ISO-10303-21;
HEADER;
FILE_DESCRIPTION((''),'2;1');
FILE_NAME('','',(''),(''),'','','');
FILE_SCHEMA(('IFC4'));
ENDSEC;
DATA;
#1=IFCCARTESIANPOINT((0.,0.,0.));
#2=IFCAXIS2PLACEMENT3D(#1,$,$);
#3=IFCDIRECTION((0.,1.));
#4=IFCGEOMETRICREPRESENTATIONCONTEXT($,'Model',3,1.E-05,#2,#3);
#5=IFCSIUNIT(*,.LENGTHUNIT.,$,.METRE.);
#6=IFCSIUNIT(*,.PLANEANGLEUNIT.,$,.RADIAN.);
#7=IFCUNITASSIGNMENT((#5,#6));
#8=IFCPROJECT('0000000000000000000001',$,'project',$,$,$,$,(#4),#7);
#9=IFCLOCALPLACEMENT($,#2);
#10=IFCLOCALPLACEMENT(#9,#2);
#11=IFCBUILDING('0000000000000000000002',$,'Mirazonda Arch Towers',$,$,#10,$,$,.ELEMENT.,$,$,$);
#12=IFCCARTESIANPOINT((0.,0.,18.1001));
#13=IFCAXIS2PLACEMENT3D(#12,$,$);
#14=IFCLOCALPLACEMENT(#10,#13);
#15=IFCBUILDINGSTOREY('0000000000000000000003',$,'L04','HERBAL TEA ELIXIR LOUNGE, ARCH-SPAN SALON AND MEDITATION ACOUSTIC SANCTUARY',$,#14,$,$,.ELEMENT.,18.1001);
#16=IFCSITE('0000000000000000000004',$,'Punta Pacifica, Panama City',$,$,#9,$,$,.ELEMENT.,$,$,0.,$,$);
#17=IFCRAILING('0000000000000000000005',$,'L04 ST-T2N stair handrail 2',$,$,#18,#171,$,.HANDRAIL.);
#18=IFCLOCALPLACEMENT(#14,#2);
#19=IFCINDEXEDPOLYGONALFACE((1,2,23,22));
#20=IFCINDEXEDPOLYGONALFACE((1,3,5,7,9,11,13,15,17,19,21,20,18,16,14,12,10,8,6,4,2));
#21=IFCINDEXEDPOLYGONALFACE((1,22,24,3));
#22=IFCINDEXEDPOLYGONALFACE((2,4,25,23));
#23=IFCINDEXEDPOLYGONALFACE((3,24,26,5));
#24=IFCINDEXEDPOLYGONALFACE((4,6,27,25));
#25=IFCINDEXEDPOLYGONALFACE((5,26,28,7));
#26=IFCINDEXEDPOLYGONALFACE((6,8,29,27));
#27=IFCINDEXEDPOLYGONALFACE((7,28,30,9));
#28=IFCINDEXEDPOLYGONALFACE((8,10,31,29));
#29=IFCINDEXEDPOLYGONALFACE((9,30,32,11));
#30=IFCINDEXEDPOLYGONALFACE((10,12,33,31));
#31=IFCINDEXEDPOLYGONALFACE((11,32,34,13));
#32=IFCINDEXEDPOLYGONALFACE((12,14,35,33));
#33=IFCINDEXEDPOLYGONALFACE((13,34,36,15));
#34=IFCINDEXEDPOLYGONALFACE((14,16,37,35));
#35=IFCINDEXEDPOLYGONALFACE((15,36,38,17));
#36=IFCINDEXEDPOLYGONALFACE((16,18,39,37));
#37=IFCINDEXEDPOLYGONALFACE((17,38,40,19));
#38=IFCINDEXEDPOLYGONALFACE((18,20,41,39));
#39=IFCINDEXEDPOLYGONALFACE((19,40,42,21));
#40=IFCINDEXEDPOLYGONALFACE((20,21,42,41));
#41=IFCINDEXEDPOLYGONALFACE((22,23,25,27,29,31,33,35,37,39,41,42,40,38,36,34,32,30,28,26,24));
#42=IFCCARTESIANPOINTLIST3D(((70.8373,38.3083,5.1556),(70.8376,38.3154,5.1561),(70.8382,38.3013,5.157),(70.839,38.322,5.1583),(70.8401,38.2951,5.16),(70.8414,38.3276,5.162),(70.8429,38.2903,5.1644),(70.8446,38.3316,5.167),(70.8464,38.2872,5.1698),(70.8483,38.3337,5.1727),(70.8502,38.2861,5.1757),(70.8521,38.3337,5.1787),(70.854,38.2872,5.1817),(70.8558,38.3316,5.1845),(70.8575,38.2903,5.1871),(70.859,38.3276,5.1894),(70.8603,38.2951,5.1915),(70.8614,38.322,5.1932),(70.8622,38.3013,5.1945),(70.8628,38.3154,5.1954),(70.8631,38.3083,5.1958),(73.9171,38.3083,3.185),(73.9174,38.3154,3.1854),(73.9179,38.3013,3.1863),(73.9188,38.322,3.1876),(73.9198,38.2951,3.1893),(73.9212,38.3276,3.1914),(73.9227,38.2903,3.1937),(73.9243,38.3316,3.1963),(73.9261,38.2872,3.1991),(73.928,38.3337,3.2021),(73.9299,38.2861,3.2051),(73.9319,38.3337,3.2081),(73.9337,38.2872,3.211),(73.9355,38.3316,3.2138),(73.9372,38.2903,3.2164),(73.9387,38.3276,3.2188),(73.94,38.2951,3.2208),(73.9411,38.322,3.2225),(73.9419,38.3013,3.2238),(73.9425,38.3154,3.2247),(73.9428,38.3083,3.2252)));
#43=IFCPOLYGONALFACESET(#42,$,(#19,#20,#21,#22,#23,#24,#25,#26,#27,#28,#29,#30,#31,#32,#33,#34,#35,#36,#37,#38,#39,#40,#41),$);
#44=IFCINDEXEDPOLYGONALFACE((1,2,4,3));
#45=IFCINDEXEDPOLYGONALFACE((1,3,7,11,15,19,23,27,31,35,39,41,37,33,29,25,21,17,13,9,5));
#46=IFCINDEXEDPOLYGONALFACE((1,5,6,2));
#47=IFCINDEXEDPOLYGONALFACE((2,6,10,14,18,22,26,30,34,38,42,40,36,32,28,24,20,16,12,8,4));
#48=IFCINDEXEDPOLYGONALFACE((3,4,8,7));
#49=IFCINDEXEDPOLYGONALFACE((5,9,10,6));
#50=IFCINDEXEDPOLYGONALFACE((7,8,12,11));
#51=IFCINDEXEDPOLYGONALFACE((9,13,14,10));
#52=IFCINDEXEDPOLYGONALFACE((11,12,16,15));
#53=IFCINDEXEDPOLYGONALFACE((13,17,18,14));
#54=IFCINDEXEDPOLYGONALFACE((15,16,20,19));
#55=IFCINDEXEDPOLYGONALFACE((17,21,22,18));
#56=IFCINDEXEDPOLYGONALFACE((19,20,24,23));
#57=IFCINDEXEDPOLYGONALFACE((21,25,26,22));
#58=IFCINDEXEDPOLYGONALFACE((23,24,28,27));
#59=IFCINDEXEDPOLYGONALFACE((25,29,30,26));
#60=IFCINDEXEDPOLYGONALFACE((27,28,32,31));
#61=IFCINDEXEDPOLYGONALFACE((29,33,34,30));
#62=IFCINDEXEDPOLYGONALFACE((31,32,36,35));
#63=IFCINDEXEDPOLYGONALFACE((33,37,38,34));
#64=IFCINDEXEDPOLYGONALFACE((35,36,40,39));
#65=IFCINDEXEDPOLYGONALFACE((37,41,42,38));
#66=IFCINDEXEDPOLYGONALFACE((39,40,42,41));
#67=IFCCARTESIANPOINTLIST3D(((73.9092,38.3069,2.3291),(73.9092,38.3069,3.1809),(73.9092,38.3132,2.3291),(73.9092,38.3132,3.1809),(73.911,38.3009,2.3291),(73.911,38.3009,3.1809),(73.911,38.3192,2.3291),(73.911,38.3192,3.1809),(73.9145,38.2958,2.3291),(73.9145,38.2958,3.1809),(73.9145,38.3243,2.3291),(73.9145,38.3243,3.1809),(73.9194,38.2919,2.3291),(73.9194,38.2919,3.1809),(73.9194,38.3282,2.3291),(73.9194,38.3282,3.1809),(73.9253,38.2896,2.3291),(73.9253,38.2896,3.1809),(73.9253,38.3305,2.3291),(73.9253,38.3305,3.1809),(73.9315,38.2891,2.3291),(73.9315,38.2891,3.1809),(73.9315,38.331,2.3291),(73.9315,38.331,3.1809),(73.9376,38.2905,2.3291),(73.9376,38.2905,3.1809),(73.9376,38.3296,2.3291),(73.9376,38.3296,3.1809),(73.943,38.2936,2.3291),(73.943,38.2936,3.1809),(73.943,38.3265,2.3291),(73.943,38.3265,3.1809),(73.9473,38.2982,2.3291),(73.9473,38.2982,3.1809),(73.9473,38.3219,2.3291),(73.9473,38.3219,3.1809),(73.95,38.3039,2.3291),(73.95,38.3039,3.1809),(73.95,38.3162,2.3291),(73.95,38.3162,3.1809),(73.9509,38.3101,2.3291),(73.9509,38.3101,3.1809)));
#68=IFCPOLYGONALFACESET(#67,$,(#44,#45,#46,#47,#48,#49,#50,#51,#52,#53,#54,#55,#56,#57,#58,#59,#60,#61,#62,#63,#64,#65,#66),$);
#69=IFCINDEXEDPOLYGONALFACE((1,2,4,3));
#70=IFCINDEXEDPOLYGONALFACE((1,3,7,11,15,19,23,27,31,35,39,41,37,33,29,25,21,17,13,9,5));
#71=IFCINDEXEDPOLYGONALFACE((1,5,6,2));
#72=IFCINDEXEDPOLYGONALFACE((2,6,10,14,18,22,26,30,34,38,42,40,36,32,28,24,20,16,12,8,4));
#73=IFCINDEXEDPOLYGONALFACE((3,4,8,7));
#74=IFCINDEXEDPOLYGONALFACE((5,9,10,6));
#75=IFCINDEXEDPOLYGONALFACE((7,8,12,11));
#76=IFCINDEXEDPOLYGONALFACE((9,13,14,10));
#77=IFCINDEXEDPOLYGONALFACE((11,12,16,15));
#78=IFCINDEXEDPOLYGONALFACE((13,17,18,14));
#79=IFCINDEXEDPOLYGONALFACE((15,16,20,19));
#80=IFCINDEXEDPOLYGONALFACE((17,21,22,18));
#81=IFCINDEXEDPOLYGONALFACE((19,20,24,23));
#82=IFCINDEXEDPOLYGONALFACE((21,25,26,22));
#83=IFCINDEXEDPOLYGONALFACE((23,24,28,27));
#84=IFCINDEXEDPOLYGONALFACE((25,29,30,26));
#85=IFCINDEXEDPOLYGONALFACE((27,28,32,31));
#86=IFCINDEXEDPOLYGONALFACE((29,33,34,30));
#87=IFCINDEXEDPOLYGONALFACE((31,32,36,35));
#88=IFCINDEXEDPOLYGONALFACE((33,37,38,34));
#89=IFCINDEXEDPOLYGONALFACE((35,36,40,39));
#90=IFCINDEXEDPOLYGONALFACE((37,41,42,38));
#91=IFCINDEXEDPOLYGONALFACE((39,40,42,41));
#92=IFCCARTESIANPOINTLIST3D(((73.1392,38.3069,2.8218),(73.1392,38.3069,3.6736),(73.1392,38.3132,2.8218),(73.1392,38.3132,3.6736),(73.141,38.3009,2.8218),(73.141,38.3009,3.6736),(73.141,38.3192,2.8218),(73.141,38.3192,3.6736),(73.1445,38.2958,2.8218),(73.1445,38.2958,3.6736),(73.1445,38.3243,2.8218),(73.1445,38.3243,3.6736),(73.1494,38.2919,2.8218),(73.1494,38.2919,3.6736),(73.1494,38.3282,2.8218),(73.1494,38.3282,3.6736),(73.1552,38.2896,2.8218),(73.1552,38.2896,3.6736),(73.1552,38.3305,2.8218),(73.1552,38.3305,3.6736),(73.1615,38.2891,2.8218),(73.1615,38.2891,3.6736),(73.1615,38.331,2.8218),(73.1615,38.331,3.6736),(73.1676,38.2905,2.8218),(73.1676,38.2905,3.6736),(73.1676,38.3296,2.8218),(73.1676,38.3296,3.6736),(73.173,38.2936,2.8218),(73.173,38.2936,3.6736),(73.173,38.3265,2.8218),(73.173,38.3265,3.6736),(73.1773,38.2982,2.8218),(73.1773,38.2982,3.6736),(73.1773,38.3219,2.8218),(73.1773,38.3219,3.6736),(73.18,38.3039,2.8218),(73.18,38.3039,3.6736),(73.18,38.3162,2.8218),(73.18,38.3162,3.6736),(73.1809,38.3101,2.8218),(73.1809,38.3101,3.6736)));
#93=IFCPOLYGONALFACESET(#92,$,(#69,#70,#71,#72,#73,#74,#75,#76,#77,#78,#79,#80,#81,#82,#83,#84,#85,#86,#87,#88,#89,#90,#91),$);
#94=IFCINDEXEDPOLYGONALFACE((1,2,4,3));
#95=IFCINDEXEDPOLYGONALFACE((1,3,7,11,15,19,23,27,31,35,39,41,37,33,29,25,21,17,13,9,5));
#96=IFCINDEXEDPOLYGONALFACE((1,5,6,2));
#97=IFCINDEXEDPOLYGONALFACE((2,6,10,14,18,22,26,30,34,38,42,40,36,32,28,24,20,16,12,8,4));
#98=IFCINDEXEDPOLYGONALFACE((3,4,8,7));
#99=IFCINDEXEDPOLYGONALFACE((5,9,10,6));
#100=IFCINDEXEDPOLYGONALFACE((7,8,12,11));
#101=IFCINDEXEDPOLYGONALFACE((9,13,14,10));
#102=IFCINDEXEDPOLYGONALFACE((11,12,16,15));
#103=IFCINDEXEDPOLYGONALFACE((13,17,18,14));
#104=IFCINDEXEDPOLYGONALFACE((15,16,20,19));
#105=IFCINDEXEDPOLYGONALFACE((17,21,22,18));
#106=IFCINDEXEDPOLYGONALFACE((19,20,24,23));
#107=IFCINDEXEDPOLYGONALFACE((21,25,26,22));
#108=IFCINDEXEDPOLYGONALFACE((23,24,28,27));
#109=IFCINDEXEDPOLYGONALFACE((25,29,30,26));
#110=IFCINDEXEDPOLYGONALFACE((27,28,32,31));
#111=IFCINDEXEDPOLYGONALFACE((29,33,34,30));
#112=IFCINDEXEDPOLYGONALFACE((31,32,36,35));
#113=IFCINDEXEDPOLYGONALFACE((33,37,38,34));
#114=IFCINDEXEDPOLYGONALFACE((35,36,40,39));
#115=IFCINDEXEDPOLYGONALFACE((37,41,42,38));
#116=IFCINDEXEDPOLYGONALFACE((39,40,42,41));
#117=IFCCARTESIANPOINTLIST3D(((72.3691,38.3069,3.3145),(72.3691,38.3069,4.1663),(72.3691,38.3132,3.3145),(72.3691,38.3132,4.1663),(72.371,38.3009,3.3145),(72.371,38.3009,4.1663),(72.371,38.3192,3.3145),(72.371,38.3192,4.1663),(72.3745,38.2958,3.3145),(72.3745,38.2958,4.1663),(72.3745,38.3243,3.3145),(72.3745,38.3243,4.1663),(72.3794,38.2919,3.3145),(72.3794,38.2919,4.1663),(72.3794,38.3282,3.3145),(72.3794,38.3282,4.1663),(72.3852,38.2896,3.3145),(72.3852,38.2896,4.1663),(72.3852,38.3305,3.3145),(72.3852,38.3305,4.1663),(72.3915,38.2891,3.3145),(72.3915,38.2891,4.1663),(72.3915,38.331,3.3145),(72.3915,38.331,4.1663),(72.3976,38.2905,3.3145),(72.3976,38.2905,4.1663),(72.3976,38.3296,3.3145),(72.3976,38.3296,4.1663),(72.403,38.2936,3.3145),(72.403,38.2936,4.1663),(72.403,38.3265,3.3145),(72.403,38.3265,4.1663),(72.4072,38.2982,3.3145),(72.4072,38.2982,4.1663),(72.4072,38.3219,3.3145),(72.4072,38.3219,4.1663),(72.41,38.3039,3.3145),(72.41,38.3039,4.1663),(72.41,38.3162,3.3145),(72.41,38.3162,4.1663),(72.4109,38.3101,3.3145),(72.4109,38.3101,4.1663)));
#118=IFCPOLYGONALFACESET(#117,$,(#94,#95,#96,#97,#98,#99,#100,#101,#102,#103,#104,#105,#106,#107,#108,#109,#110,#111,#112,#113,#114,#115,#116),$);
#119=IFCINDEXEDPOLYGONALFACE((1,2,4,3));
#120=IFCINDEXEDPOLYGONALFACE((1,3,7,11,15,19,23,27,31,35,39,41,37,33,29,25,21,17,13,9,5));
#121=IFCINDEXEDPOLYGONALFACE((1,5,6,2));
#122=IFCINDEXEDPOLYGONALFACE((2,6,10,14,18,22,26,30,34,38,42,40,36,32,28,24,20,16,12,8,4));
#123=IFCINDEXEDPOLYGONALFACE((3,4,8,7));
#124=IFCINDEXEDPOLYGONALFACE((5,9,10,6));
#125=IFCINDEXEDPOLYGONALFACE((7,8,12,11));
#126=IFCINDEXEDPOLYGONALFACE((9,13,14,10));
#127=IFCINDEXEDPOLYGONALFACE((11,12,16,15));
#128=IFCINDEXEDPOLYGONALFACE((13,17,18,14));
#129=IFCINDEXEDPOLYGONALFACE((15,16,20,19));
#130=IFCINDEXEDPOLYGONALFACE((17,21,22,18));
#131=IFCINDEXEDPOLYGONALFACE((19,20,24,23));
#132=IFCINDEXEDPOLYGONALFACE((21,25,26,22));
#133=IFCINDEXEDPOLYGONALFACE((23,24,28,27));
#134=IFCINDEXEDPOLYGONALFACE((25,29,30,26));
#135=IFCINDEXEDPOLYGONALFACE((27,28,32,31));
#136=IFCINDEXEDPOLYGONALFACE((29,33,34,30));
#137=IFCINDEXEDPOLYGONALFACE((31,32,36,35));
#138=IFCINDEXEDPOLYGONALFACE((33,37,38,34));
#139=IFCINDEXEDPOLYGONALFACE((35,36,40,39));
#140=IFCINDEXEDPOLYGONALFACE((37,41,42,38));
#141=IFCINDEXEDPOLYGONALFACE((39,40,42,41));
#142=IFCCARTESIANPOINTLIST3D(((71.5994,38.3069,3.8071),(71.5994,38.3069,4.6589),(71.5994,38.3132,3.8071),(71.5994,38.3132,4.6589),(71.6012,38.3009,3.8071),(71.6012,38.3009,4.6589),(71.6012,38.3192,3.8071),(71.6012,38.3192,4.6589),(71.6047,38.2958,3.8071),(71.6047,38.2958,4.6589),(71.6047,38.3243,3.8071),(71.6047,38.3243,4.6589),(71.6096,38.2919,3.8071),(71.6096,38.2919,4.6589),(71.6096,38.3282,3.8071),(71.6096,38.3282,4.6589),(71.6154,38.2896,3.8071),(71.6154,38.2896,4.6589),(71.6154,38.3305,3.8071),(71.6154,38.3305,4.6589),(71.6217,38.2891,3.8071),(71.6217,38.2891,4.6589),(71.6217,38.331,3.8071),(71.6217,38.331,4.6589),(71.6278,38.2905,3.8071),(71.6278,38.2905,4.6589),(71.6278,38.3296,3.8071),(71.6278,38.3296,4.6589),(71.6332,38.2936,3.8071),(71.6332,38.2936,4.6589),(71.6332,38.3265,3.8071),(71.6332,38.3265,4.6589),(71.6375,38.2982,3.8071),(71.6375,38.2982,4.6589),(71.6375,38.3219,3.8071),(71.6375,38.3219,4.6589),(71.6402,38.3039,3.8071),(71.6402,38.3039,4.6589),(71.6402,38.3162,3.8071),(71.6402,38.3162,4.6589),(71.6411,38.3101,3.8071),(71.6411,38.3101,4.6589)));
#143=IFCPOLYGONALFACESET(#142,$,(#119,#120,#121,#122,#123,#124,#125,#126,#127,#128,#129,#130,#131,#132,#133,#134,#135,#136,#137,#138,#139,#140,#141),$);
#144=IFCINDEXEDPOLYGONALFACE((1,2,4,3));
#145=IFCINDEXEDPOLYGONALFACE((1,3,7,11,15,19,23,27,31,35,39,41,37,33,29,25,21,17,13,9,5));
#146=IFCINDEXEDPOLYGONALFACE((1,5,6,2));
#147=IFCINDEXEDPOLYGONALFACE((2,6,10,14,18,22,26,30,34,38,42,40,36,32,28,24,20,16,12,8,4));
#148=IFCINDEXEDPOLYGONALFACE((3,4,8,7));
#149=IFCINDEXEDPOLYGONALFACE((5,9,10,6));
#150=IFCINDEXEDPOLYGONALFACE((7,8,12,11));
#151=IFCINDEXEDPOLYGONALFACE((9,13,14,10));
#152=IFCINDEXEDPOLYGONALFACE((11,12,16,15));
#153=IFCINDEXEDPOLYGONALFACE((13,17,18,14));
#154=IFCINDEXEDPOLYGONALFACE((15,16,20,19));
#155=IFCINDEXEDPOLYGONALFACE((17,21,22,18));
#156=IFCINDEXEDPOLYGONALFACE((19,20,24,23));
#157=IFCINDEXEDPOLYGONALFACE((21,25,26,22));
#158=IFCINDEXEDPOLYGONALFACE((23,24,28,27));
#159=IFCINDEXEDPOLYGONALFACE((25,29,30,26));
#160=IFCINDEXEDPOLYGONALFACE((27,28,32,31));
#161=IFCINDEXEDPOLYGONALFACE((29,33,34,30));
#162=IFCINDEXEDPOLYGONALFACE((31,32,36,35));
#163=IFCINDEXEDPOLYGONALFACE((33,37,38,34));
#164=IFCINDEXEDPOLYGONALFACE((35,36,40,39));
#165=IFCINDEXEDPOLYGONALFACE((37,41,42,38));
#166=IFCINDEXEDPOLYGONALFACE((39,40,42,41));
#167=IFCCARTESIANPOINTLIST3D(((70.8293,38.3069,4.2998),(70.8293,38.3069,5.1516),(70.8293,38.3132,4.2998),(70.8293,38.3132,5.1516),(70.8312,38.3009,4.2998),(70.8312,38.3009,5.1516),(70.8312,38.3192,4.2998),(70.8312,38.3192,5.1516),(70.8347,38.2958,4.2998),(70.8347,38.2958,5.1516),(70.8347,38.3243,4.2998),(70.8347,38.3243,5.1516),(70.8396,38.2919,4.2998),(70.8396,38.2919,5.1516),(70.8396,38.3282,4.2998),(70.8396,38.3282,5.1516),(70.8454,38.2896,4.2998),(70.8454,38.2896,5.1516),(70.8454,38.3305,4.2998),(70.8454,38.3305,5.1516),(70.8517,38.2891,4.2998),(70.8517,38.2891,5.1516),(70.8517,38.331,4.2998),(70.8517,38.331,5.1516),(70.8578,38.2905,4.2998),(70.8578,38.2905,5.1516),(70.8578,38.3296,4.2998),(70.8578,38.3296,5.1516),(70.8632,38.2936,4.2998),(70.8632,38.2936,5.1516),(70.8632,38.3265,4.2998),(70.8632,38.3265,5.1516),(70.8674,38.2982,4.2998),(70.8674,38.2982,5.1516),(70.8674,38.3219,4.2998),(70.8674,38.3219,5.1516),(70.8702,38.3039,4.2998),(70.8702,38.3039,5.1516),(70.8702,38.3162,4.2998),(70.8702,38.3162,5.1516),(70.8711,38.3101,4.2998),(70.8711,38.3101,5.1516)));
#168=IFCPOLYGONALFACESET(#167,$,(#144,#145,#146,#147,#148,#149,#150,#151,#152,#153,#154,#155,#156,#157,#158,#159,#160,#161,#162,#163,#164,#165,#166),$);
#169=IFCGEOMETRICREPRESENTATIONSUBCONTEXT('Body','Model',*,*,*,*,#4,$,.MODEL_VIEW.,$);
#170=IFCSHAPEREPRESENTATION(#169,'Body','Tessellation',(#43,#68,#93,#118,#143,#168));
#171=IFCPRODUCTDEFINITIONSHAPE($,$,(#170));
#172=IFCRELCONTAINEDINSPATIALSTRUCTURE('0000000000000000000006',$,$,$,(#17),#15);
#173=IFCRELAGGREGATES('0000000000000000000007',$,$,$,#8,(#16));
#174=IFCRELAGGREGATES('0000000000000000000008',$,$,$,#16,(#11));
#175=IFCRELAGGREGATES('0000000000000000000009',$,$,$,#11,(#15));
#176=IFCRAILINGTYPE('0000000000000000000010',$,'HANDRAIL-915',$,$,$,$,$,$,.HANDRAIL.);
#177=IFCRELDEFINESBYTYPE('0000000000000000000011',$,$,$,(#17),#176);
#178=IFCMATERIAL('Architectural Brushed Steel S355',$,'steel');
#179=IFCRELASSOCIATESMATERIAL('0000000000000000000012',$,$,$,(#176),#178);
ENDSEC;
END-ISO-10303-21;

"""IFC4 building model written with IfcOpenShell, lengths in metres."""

from ifc_helpers import new_model, si_unit, direction, frame, origin, origin_2d, place, context, subcontext, project, spatial, circle, extrude, material, type_object, element, save


model = new_model("IFC4")

# Units and contexts
model_context = context("Model", 3, precision=1e-05, world=origin(), true_north=direction((0.0, 1.0)))
body_context = subcontext(model_context, "Body", "Model", "MODEL_VIEW")
ifc_project = project(units=[si_unit("LENGTHUNIT", "METRE"), si_unit("PLANEANGLEUNIT", "RADIAN")], contexts=[model_context])

# Site, building, storey
site_placement = place(None, origin())
site = spatial("IfcSite", under=ifc_project, at=site_placement, Name="Punta Pacifica, Panama City", CompositionType="ELEMENT", RefElevation=0.0)
building_placement = place(site_placement, origin())
building = spatial("IfcBuilding", under=site, at=building_placement, Name="Mirazonda Arch Towers", CompositionType="ELEMENT")
storey_placement = place(building_placement, frame((0.0, 0.0, 18.1001)))
storey = spatial("IfcBuildingStorey", under=building, at=storey_placement, Name="L04", Description="HERBAL TEA ELIXIR LOUNGE, ARCH-SPAN SALON AND MEDITATION ACOUSTIC SANCTUARY", CompositionType="ELEMENT", Elevation=18.1001)

# Railing
ifc_material_1 = material(Name="Architectural Brushed Steel S355", Category="steel")
railing_type = type_object("IfcRailingType", Name="HANDRAIL-915", PredefinedType="HANDRAIL", material=ifc_material_1)
railing_placement = place(storey_placement, frame((73.9299, 38.3101, 2.3291)))
element("IfcRailing", 1, at=railing_placement, inside=storey, type_object=railing_type, Name="L04 ST-T2N stair handrail 2", PredefinedType="HANDRAIL", context=body_context, shape_type="SweptSolid", body=[
    extrude(circle(Radius=0.0239, at=origin_2d()), frame((0.0, 0.0, 0.876), z_axis=(-0.84232, 0.0, 0.538978), x_axis=(0.0, -1.0, 0.0)), (0.0, 0.0, 1.0), 3.6562),
    extrude(circle(Radius=0.021, at=origin_2d()), origin(), (0.0, 0.0, 1.0), 0.8518),
    extrude(circle(Radius=0.021, at=origin_2d()), frame((-0.77, 0.0, 0.4927)), (0.0, 0.0, 1.0), 0.8518),
    extrude(circle(Radius=0.021, at=origin_2d()), frame((-1.54, 0.0, 0.9854)), (0.0, 0.0, 1.0), 0.8518),
    extrude(circle(Radius=0.021, at=origin_2d()), frame((-2.3098, 0.0, 1.478)), (0.0, 0.0, 1.0), 0.8518),
    extrude(circle(Radius=0.021, at=origin_2d()), frame((-3.0798, 0.0, 1.9707)), (0.0, 0.0, 1.0), 0.8518),
])

save(model, "model.ifc")
